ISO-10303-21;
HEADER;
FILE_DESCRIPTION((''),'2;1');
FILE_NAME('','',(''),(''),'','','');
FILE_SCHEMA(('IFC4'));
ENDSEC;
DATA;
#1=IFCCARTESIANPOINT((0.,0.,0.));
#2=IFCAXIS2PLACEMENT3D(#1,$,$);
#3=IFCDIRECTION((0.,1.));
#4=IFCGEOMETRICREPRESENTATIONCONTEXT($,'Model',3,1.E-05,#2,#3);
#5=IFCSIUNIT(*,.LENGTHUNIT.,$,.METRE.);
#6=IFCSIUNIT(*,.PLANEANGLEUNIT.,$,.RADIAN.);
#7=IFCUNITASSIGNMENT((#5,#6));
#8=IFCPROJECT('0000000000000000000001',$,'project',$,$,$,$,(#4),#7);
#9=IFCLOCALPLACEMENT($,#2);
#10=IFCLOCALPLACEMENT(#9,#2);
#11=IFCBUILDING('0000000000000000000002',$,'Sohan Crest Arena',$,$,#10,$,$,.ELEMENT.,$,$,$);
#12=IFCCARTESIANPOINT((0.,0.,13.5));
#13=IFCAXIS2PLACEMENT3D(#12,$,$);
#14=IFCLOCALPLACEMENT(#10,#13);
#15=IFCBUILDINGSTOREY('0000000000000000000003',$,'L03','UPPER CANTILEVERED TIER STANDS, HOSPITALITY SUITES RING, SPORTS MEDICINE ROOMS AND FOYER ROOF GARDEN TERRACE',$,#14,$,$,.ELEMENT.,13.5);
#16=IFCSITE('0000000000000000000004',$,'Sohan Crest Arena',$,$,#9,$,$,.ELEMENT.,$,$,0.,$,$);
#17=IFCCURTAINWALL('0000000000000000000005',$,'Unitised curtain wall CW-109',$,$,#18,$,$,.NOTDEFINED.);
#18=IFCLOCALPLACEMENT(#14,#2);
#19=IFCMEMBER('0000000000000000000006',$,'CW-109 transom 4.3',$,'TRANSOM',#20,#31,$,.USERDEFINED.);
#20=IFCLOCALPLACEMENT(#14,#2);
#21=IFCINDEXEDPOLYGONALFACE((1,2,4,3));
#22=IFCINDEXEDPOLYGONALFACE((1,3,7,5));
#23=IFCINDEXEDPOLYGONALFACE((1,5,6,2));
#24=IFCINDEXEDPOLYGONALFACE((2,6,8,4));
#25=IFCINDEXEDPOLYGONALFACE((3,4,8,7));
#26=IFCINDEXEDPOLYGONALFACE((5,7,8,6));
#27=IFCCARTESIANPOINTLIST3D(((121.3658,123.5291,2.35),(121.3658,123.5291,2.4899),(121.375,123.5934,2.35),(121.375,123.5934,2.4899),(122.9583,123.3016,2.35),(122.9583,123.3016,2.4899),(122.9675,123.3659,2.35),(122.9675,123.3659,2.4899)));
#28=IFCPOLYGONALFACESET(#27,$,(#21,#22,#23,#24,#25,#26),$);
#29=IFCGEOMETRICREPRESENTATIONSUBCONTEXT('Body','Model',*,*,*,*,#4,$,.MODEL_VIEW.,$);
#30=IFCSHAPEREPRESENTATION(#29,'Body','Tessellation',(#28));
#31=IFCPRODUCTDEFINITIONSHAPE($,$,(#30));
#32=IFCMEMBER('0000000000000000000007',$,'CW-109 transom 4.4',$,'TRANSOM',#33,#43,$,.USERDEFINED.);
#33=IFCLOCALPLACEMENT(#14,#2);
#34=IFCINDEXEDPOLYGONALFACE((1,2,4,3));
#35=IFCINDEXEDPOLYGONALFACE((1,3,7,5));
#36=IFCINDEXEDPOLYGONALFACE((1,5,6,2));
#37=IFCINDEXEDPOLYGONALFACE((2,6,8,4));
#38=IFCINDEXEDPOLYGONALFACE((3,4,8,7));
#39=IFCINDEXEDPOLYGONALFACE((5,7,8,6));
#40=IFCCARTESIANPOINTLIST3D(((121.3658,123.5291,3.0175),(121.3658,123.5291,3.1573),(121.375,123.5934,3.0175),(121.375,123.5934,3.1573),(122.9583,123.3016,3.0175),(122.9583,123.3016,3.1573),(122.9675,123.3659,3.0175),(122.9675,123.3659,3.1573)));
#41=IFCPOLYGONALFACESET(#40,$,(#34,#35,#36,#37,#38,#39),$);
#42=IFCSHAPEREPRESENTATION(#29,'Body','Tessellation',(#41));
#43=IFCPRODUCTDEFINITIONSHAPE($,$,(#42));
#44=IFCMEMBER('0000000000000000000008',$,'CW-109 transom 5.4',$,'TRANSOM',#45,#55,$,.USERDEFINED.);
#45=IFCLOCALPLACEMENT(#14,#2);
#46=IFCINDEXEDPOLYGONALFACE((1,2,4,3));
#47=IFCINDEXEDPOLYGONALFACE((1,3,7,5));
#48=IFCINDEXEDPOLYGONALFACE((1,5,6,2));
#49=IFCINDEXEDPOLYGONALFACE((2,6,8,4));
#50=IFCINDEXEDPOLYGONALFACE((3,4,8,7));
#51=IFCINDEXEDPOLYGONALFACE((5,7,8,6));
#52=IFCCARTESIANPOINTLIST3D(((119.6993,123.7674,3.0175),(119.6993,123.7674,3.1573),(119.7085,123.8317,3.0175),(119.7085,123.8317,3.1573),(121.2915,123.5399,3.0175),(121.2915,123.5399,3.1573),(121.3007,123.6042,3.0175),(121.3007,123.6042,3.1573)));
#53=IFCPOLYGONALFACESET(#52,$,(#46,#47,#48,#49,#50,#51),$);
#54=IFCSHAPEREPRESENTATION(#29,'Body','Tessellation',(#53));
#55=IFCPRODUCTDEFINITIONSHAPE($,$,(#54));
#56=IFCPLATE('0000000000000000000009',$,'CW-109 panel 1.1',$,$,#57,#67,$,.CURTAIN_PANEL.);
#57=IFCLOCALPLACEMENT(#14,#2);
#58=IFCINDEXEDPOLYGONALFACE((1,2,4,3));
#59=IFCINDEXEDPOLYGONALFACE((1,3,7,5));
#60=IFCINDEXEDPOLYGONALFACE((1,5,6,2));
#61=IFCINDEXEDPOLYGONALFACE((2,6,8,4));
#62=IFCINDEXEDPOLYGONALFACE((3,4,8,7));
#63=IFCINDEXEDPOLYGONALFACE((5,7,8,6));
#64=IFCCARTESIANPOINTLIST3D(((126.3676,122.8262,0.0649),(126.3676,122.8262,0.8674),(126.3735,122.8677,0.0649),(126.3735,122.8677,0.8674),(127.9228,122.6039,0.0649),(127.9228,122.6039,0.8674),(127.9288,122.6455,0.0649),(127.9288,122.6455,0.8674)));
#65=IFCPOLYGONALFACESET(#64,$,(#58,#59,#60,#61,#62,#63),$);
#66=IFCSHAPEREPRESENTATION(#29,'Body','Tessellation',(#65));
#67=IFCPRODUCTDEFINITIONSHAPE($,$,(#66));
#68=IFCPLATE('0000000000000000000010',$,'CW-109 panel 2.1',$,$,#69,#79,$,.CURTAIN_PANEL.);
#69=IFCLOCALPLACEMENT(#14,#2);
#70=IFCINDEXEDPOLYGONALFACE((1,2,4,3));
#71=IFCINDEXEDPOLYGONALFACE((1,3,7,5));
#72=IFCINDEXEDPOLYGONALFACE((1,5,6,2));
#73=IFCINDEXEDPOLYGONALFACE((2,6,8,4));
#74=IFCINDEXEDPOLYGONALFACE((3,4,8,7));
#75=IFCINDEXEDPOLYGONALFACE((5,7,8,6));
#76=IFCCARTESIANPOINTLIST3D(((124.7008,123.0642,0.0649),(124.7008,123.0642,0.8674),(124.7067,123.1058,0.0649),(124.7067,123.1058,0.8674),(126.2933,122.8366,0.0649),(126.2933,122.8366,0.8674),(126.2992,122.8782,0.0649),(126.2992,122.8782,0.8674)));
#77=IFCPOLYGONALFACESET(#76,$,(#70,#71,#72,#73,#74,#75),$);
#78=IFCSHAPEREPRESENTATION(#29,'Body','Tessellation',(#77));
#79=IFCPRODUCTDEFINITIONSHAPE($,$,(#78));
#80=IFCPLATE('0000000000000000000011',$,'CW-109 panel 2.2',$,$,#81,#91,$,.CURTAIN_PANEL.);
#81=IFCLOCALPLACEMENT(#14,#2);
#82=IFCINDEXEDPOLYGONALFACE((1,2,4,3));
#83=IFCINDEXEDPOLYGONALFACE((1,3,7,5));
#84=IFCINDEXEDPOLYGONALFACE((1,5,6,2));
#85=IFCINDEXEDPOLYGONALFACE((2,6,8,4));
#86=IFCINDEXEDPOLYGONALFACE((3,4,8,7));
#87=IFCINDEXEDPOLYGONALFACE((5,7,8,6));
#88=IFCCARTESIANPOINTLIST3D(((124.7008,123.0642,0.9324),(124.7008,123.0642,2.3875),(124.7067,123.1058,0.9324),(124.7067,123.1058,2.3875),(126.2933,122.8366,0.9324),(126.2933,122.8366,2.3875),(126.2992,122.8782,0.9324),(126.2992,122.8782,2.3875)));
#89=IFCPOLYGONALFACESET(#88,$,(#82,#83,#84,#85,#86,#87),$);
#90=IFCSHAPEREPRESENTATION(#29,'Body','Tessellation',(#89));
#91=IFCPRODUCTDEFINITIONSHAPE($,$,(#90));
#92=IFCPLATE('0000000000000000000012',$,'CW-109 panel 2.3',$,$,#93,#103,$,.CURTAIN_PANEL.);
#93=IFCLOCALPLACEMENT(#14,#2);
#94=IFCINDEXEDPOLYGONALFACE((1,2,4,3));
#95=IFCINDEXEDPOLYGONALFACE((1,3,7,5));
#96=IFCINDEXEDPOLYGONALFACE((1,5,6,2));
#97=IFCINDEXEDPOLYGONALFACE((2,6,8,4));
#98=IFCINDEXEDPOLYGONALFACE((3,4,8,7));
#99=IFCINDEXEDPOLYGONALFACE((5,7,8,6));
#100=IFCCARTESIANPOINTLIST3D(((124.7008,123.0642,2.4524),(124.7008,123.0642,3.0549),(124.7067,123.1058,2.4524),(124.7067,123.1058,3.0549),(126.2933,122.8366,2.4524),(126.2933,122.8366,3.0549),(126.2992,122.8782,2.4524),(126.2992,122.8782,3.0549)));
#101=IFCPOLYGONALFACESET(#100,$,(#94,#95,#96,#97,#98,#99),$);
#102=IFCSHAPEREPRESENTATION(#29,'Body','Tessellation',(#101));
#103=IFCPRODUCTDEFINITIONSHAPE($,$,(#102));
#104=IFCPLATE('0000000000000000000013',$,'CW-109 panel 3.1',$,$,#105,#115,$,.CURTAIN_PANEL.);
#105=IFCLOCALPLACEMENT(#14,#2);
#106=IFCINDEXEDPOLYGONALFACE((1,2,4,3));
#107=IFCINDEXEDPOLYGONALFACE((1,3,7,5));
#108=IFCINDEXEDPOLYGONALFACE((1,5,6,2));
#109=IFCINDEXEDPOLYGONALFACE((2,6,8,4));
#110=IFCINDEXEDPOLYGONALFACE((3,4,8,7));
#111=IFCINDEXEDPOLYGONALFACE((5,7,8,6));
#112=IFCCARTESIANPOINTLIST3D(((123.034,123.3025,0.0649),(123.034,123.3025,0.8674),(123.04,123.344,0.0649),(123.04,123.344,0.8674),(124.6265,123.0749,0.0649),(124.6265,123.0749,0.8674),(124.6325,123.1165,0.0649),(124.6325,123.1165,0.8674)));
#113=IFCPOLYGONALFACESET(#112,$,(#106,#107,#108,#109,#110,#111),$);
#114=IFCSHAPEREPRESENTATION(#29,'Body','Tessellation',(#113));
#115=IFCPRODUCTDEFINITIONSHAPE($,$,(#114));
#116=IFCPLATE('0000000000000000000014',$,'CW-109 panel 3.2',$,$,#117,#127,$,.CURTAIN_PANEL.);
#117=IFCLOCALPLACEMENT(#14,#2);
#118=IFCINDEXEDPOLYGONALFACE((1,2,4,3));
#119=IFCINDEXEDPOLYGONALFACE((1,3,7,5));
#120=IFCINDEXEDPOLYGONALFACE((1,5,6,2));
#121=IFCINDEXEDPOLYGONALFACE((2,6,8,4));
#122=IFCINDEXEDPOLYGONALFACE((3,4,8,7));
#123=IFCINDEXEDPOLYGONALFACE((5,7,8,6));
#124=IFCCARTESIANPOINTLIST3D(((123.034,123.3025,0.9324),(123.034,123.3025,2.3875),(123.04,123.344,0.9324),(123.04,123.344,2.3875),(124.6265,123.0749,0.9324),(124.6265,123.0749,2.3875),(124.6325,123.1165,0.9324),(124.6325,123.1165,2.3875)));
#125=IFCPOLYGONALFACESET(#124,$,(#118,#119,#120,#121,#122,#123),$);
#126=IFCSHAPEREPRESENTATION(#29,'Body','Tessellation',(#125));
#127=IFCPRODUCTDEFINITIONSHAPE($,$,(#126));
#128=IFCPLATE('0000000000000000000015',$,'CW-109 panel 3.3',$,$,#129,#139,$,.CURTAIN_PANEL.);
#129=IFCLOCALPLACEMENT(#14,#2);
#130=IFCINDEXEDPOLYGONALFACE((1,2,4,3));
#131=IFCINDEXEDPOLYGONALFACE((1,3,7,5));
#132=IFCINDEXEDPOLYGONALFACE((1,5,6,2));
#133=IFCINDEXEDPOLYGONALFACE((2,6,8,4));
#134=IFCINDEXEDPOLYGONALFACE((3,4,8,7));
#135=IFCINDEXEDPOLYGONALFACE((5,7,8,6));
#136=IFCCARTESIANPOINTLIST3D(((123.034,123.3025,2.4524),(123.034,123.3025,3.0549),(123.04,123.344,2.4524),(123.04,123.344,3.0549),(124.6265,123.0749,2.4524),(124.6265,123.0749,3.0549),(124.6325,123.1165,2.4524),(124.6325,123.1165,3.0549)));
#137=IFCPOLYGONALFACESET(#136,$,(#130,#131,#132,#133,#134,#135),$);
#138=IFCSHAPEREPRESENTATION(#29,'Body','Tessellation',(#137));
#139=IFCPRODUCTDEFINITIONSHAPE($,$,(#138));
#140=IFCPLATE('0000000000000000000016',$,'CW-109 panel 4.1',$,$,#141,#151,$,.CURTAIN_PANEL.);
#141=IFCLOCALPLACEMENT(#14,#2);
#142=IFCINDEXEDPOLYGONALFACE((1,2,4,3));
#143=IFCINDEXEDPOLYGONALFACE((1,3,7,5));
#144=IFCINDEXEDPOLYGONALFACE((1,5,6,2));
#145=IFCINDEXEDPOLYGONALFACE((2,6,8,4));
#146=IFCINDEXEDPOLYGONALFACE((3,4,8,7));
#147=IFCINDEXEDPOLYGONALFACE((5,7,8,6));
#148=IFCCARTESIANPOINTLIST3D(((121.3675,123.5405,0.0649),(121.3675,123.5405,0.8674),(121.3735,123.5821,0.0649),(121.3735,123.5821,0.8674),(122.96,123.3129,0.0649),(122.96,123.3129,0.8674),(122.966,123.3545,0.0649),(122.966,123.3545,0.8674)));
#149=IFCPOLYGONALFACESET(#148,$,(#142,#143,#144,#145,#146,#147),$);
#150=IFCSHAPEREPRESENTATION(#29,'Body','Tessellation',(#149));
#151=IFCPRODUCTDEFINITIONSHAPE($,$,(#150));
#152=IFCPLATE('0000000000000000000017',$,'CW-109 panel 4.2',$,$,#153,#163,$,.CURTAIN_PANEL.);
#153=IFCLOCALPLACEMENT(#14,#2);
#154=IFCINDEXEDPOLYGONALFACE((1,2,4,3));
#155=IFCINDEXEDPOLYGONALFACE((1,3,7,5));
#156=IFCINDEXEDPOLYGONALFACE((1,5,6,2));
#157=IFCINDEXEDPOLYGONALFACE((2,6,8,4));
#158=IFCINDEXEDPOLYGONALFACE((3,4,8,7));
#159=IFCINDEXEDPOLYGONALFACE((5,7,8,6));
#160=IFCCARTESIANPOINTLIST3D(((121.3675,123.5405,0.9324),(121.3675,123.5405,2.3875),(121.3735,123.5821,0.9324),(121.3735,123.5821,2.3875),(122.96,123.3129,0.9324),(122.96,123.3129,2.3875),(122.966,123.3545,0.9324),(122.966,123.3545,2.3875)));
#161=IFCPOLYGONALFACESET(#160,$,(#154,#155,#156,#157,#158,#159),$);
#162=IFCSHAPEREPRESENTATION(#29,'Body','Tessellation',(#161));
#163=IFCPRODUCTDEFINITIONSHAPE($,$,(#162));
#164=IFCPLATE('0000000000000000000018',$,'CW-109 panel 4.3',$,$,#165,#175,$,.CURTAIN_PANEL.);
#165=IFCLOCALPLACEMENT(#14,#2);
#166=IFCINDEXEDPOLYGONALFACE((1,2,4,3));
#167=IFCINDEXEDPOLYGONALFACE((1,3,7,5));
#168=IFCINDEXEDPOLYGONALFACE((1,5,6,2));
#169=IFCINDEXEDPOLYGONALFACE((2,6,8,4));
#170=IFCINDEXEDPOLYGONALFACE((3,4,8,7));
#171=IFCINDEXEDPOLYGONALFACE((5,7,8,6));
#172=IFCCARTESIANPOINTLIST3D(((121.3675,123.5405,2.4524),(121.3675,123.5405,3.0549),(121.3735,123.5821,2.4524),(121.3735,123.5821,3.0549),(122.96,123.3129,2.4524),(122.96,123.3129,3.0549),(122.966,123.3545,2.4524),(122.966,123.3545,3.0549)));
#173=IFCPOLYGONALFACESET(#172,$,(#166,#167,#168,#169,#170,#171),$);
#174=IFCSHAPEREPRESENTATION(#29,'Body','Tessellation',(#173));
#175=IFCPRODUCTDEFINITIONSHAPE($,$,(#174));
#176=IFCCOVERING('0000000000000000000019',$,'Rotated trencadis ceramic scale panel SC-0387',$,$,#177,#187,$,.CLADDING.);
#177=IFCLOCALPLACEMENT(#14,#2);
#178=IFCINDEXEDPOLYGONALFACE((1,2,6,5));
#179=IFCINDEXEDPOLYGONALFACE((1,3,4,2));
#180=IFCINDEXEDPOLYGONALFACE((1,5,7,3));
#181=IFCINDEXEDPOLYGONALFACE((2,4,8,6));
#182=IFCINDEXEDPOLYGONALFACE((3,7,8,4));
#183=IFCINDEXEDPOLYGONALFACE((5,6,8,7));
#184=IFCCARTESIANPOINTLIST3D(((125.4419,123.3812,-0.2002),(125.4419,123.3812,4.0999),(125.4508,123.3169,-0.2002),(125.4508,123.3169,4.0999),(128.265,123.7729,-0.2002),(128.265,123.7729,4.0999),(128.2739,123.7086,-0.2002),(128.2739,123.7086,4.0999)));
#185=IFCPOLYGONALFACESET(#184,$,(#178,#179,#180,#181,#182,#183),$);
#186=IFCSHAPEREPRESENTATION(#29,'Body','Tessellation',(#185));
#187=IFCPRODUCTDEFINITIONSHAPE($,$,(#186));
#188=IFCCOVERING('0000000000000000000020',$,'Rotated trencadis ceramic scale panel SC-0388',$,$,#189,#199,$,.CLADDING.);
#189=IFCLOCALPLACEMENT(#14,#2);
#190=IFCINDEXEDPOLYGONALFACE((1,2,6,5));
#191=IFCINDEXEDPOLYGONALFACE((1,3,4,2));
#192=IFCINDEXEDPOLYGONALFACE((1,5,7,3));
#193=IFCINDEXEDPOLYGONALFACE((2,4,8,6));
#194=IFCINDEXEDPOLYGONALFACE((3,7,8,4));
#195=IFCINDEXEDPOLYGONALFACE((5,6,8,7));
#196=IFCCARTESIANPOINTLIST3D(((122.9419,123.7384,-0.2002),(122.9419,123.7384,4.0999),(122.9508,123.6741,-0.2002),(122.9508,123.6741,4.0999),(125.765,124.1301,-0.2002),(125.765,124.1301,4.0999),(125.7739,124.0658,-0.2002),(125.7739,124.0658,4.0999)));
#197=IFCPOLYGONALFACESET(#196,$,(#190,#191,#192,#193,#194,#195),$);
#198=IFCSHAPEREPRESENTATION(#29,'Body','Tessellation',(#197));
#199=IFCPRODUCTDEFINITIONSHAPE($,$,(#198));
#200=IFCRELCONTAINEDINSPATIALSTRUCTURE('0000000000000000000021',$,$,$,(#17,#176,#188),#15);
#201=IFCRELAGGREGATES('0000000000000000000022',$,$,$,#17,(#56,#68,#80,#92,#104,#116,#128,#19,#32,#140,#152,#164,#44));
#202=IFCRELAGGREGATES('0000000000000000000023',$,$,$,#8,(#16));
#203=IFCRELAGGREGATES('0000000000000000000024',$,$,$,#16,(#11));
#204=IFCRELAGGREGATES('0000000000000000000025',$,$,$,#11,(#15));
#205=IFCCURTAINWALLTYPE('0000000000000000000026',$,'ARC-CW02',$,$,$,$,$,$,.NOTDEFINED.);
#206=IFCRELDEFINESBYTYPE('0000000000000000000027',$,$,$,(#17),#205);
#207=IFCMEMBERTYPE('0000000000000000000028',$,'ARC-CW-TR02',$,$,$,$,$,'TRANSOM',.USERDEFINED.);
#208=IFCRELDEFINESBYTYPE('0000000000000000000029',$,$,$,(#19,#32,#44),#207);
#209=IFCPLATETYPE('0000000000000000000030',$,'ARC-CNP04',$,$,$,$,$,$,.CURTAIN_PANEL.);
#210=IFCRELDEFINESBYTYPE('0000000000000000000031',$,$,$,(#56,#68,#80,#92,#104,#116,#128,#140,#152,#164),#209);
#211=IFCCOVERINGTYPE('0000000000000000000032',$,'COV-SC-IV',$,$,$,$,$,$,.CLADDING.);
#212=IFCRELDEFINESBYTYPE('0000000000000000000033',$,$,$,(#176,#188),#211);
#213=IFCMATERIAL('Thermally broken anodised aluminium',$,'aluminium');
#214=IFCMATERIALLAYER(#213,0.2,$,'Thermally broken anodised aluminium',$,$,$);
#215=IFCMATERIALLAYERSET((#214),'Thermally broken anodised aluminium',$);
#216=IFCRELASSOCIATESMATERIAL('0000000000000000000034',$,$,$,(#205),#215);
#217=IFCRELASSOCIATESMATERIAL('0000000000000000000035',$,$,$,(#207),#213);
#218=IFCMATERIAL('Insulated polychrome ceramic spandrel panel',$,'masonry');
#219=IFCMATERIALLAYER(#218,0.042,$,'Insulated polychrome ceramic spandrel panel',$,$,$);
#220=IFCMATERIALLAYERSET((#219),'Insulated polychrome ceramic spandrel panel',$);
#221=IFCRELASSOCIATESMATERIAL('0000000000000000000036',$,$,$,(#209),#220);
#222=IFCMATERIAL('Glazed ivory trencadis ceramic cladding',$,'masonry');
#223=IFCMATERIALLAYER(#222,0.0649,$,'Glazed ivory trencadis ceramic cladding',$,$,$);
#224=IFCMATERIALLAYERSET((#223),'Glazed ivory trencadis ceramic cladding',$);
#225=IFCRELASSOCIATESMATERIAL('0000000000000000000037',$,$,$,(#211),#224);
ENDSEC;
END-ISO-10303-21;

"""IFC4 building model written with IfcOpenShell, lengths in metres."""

from ifc_helpers import new_model, si_unit, direction, frame, origin, origin_2d, place, context, subcontext, project, spatial, rectangle, extrude, material, layer, layer_set, material_profile, profile_set, type_object, element, aggregate, save


model = new_model("IFC4")

# Units and contexts
model_context = context("Model", 3, precision=1e-05, world=origin(), true_north=direction((0.0, 1.0)))
body_context = subcontext(model_context, "Body", "Model", "MODEL_VIEW")
ifc_project = project(units=[si_unit("LENGTHUNIT", "METRE"), si_unit("PLANEANGLEUNIT", "RADIAN")], contexts=[model_context])

# Site, building, storey
site_placement = place(None, origin())
site = spatial("IfcSite", under=ifc_project, at=site_placement, Name="Sohan Crest Arena", CompositionType="ELEMENT", RefElevation=0.0)
building_placement = place(site_placement, origin())
building = spatial("IfcBuilding", under=site, at=building_placement, Name="Sohan Crest Arena", CompositionType="ELEMENT")
storey_placement = place(building_placement, frame((0.0, 0.0, 13.5)))
storey = spatial("IfcBuildingStorey", under=building, at=storey_placement, Name="L03", Description="UPPER CANTILEVERED TIER STANDS, HOSPITALITY SUITES RING, SPORTS MEDICINE ROOMS AND FOYER ROOF GARDEN TERRACE", CompositionType="ELEMENT", Elevation=13.5)

# Curtain wall, members, plates
ifc_material_1 = material(Name="Thermally broken anodised aluminium", Category="aluminium")
ifc_layer_1 = layer(ifc_material_1, 0.2, Name="Thermally broken anodised aluminium")
ifc_layer_set_1 = layer_set([ifc_layer_1], Name="Thermally broken anodised aluminium")
curtain_wall_type = type_object("IfcCurtainWallType", Name="ARC-CW02", PredefinedType="NOTDEFINED", material=ifc_layer_set_1)
curtain_wall_placement = place(storey_placement, origin())
curtain_wall = element("IfcCurtainWall", 1, at=curtain_wall_placement, inside=storey, type_object=curtain_wall_type, Name="Unitised curtain wall CW-109", PredefinedType="NOTDEFINED")
ifc_material_profile_1 = material_profile(ifc_material_1, rectangle(XDim=0.0649, YDim=0.1399, at=origin_2d()), Name="ALU-TRAN 65x140")
ifc_profile_set_1 = profile_set([ifc_material_profile_1], Name="Thermally broken anodised aluminium")
member_type_1 = type_object("IfcMemberType", Name="ARC-CW-TR02", ElementType="TRANSOM", PredefinedType="USERDEFINED", material=ifc_profile_set_1)
member_1_placement = place(storey_placement, frame((122.9629, 123.3337, 2.4199), z_axis=(-0.989946, 0.141443, 0.0), x_axis=(-0.141443, -0.989946, 0.0)))
member_1 = element("IfcMember", 2, at=member_1_placement, type_object=member_type_1, Name="CW-109 transom 4.3", ObjectType="TRANSOM", PredefinedType="USERDEFINED", context=body_context, shape_type="SweptSolid", body=[
    extrude(rectangle(XDim=0.0649, YDim=0.1399, at=origin_2d()), origin(), (0.0, 0.0, 1.0), 1.6086),
])
member_2_placement = place(storey_placement, frame((122.9629, 123.3337, 3.0874), z_axis=(-0.989946, 0.141443, 0.0), x_axis=(-0.141443, -0.989946, 0.0)))
member_2 = element("IfcMember", 3, at=member_2_placement, type_object=member_type_1, Name="CW-109 transom 4.4", ObjectType="TRANSOM", PredefinedType="USERDEFINED", context=body_context, shape_type="SweptSolid", body=[
    extrude(rectangle(XDim=0.0649, YDim=0.1399, at=origin_2d()), origin(), (0.0, 0.0, 1.0), 1.6086),
])
member_3_placement = place(storey_placement, frame((121.2961, 123.572, 3.0874), z_axis=(-0.989943, 0.141464, 0.0), x_axis=(-0.141464, -0.989943, 0.0)))
member_3 = element("IfcMember", 4, at=member_3_placement, type_object=member_type_1, Name="CW-109 transom 5.4", ObjectType="TRANSOM", PredefinedType="USERDEFINED", context=body_context, shape_type="SweptSolid", body=[
    extrude(rectangle(XDim=0.0649, YDim=0.1399, at=origin_2d()), origin(), (0.0, 0.0, 1.0), 1.6084),
])
ifc_material_2 = material(Name="Insulated polychrome ceramic spandrel panel", Category="masonry")
ifc_layer_2 = layer(ifc_material_2, 0.042, Name="Insulated polychrome ceramic spandrel panel")
ifc_layer_set_2 = layer_set([ifc_layer_2], Name="Insulated polychrome ceramic spandrel panel")
plate_type = type_object("IfcPlateType", Name="ARC-CNP04", PredefinedType="CURTAIN_PANEL", material=ifc_layer_set_2)
plate_1_placement = place(storey_placement, frame((127.1482, 122.7358, 0.0649), z_axis=(0.0, 0.0, 1.0), x_axis=(-0.989944, 0.141463, 0.0)))
plate_1 = element("IfcPlate", 5, at=plate_1_placement, type_object=plate_type, Name="CW-109 panel 1.1", PredefinedType="CURTAIN_PANEL", context=body_context, shape_type="SweptSolid", body=[
    extrude(rectangle(XDim=1.571, YDim=0.042, at=origin_2d()), origin(), (0.0, 0.0, 1.0), 0.8025),
])
plate_2_placement = place(storey_placement, frame((125.5, 122.9712, 0.0649), z_axis=(0.0, 0.0, 1.0), x_axis=(-0.989944, 0.141463, 0.0)))
plate_2 = element("IfcPlate", 6, at=plate_2_placement, type_object=plate_type, Name="CW-109 panel 2.1", PredefinedType="CURTAIN_PANEL", context=body_context, shape_type="SweptSolid", body=[
    extrude(rectangle(XDim=1.6086, YDim=0.042, at=origin_2d()), origin(), (0.0, 0.0, 1.0), 0.8025),
])
plate_3_placement = place(storey_placement, frame((125.5, 122.9712, 0.9324), z_axis=(0.0, 0.0, 1.0), x_axis=(-0.989944, 0.141463, 0.0)))
plate_3 = element("IfcPlate", 7, at=plate_3_placement, type_object=plate_type, Name="CW-109 panel 2.2", PredefinedType="CURTAIN_PANEL", context=body_context, shape_type="SweptSolid", body=[
    extrude(rectangle(XDim=1.6086, YDim=0.042, at=origin_2d()), origin(), (0.0, 0.0, 1.0), 1.4551),
])
plate_4_placement = place(storey_placement, frame((125.5, 122.9712, 2.4524), z_axis=(0.0, 0.0, 1.0), x_axis=(-0.989944, 0.141463, 0.0)))
plate_4 = element("IfcPlate", 8, at=plate_4_placement, type_object=plate_type, Name="CW-109 panel 2.3", PredefinedType="CURTAIN_PANEL", context=body_context, shape_type="SweptSolid", body=[
    extrude(rectangle(XDim=1.6086, YDim=0.042, at=origin_2d()), origin(), (0.0, 0.0, 1.0), 0.6025),
])
plate_5_placement = place(storey_placement, frame((123.8333, 123.2095, 0.0649), z_axis=(0.0, 0.0, 1.0), x_axis=(-0.989944, 0.141463, 0.0)))
plate_5 = element("IfcPlate", 9, at=plate_5_placement, type_object=plate_type, Name="CW-109 panel 3.1", PredefinedType="CURTAIN_PANEL", context=body_context, shape_type="SweptSolid", body=[
    extrude(rectangle(XDim=1.6086, YDim=0.042, at=origin_2d()), origin(), (0.0, 0.0, 1.0), 0.8025),
])
plate_6_placement = place(storey_placement, frame((123.8333, 123.2095, 0.9324), z_axis=(0.0, 0.0, 1.0), x_axis=(-0.989944, 0.141463, 0.0)))
plate_6 = element("IfcPlate", 10, at=plate_6_placement, type_object=plate_type, Name="CW-109 panel 3.2", PredefinedType="CURTAIN_PANEL", context=body_context, shape_type="SweptSolid", body=[
    extrude(rectangle(XDim=1.6086, YDim=0.042, at=origin_2d()), origin(), (0.0, 0.0, 1.0), 1.4551),
])
plate_7_placement = place(storey_placement, frame((123.8333, 123.2095, 2.4524), z_axis=(0.0, 0.0, 1.0), x_axis=(-0.989944, 0.141463, 0.0)))
plate_7 = element("IfcPlate", 11, at=plate_7_placement, type_object=plate_type, Name="CW-109 panel 3.3", PredefinedType="CURTAIN_PANEL", context=body_context, shape_type="SweptSolid", body=[
    extrude(rectangle(XDim=1.6086, YDim=0.042, at=origin_2d()), origin(), (0.0, 0.0, 1.0), 0.6025),
])
plate_8_placement = place(storey_placement, frame((122.1667, 123.4475, 0.0649), z_axis=(0.0, 0.0, 1.0), x_axis=(-0.989944, 0.141463, 0.0)))
plate_8 = element("IfcPlate", 12, at=plate_8_placement, type_object=plate_type, Name="CW-109 panel 4.1", PredefinedType="CURTAIN_PANEL", context=body_context, shape_type="SweptSolid", body=[
    extrude(rectangle(XDim=1.6086, YDim=0.042, at=origin_2d()), origin(), (0.0, 0.0, 1.0), 0.8025),
])
plate_9_placement = place(storey_placement, frame((122.1667, 123.4475, 0.9324), z_axis=(0.0, 0.0, 1.0), x_axis=(-0.989944, 0.141463, 0.0)))
plate_9 = element("IfcPlate", 13, at=plate_9_placement, type_object=plate_type, Name="CW-109 panel 4.2", PredefinedType="CURTAIN_PANEL", context=body_context, shape_type="SweptSolid", body=[
    extrude(rectangle(XDim=1.6086, YDim=0.042, at=origin_2d()), origin(), (0.0, 0.0, 1.0), 1.4551),
])
plate_10_placement = place(storey_placement, frame((122.1667, 123.4475, 2.4524), z_axis=(0.0, 0.0, 1.0), x_axis=(-0.989944, 0.141463, 0.0)))
plate_10 = element("IfcPlate", 14, at=plate_10_placement, type_object=plate_type, Name="CW-109 panel 4.3", PredefinedType="CURTAIN_PANEL", context=body_context, shape_type="SweptSolid", body=[
    extrude(rectangle(XDim=1.6086, YDim=0.042, at=origin_2d()), origin(), (0.0, 0.0, 1.0), 0.6025),
])
aggregate(curtain_wall, [plate_1, plate_2, plate_3, plate_4, plate_5, plate_6, plate_7, member_1, member_2, plate_8, plate_9, plate_10, member_3])

# Coverings
ifc_material_3 = material(Name="Glazed ivory trencadis ceramic cladding", Category="masonry")
ifc_layer_3 = layer(ifc_material_3, 0.0649, Name="Glazed ivory trencadis ceramic cladding")
ifc_layer_set_3 = layer_set([ifc_layer_3], Name="Glazed ivory trencadis ceramic cladding")
covering_type = type_object("IfcCoveringType", Name="COV-SC-IV", PredefinedType="CLADDING", material=ifc_layer_set_3)
for number, where, z_axis, x_axis, name in (
    (15, (126.8579, 123.5449, -0.2002), (0.0, 0.0, 1.0), (-0.990509, -0.137445, 0.0), "Rotated trencadis ceramic scale panel SC-0387"),
    (16, (124.3579, 123.9021, -0.2002), (0.0, 0.0, 1.0), (-0.990509, -0.137445, 0.0), "Rotated trencadis ceramic scale panel SC-0388"),
):
    element("IfcCovering", number, at=place(storey_placement, frame(where, z_axis=z_axis, x_axis=x_axis)), inside=storey, type_object=covering_type, Name=name, PredefinedType="CLADDING", context=body_context, shape_type="SweptSolid", body=[
        extrude(rectangle(XDim=2.8501, YDim=0.0649, at=origin_2d()), origin(), (0.0, 0.0, 1.0), 4.3),
    ])

save(model, "model.ifc")
